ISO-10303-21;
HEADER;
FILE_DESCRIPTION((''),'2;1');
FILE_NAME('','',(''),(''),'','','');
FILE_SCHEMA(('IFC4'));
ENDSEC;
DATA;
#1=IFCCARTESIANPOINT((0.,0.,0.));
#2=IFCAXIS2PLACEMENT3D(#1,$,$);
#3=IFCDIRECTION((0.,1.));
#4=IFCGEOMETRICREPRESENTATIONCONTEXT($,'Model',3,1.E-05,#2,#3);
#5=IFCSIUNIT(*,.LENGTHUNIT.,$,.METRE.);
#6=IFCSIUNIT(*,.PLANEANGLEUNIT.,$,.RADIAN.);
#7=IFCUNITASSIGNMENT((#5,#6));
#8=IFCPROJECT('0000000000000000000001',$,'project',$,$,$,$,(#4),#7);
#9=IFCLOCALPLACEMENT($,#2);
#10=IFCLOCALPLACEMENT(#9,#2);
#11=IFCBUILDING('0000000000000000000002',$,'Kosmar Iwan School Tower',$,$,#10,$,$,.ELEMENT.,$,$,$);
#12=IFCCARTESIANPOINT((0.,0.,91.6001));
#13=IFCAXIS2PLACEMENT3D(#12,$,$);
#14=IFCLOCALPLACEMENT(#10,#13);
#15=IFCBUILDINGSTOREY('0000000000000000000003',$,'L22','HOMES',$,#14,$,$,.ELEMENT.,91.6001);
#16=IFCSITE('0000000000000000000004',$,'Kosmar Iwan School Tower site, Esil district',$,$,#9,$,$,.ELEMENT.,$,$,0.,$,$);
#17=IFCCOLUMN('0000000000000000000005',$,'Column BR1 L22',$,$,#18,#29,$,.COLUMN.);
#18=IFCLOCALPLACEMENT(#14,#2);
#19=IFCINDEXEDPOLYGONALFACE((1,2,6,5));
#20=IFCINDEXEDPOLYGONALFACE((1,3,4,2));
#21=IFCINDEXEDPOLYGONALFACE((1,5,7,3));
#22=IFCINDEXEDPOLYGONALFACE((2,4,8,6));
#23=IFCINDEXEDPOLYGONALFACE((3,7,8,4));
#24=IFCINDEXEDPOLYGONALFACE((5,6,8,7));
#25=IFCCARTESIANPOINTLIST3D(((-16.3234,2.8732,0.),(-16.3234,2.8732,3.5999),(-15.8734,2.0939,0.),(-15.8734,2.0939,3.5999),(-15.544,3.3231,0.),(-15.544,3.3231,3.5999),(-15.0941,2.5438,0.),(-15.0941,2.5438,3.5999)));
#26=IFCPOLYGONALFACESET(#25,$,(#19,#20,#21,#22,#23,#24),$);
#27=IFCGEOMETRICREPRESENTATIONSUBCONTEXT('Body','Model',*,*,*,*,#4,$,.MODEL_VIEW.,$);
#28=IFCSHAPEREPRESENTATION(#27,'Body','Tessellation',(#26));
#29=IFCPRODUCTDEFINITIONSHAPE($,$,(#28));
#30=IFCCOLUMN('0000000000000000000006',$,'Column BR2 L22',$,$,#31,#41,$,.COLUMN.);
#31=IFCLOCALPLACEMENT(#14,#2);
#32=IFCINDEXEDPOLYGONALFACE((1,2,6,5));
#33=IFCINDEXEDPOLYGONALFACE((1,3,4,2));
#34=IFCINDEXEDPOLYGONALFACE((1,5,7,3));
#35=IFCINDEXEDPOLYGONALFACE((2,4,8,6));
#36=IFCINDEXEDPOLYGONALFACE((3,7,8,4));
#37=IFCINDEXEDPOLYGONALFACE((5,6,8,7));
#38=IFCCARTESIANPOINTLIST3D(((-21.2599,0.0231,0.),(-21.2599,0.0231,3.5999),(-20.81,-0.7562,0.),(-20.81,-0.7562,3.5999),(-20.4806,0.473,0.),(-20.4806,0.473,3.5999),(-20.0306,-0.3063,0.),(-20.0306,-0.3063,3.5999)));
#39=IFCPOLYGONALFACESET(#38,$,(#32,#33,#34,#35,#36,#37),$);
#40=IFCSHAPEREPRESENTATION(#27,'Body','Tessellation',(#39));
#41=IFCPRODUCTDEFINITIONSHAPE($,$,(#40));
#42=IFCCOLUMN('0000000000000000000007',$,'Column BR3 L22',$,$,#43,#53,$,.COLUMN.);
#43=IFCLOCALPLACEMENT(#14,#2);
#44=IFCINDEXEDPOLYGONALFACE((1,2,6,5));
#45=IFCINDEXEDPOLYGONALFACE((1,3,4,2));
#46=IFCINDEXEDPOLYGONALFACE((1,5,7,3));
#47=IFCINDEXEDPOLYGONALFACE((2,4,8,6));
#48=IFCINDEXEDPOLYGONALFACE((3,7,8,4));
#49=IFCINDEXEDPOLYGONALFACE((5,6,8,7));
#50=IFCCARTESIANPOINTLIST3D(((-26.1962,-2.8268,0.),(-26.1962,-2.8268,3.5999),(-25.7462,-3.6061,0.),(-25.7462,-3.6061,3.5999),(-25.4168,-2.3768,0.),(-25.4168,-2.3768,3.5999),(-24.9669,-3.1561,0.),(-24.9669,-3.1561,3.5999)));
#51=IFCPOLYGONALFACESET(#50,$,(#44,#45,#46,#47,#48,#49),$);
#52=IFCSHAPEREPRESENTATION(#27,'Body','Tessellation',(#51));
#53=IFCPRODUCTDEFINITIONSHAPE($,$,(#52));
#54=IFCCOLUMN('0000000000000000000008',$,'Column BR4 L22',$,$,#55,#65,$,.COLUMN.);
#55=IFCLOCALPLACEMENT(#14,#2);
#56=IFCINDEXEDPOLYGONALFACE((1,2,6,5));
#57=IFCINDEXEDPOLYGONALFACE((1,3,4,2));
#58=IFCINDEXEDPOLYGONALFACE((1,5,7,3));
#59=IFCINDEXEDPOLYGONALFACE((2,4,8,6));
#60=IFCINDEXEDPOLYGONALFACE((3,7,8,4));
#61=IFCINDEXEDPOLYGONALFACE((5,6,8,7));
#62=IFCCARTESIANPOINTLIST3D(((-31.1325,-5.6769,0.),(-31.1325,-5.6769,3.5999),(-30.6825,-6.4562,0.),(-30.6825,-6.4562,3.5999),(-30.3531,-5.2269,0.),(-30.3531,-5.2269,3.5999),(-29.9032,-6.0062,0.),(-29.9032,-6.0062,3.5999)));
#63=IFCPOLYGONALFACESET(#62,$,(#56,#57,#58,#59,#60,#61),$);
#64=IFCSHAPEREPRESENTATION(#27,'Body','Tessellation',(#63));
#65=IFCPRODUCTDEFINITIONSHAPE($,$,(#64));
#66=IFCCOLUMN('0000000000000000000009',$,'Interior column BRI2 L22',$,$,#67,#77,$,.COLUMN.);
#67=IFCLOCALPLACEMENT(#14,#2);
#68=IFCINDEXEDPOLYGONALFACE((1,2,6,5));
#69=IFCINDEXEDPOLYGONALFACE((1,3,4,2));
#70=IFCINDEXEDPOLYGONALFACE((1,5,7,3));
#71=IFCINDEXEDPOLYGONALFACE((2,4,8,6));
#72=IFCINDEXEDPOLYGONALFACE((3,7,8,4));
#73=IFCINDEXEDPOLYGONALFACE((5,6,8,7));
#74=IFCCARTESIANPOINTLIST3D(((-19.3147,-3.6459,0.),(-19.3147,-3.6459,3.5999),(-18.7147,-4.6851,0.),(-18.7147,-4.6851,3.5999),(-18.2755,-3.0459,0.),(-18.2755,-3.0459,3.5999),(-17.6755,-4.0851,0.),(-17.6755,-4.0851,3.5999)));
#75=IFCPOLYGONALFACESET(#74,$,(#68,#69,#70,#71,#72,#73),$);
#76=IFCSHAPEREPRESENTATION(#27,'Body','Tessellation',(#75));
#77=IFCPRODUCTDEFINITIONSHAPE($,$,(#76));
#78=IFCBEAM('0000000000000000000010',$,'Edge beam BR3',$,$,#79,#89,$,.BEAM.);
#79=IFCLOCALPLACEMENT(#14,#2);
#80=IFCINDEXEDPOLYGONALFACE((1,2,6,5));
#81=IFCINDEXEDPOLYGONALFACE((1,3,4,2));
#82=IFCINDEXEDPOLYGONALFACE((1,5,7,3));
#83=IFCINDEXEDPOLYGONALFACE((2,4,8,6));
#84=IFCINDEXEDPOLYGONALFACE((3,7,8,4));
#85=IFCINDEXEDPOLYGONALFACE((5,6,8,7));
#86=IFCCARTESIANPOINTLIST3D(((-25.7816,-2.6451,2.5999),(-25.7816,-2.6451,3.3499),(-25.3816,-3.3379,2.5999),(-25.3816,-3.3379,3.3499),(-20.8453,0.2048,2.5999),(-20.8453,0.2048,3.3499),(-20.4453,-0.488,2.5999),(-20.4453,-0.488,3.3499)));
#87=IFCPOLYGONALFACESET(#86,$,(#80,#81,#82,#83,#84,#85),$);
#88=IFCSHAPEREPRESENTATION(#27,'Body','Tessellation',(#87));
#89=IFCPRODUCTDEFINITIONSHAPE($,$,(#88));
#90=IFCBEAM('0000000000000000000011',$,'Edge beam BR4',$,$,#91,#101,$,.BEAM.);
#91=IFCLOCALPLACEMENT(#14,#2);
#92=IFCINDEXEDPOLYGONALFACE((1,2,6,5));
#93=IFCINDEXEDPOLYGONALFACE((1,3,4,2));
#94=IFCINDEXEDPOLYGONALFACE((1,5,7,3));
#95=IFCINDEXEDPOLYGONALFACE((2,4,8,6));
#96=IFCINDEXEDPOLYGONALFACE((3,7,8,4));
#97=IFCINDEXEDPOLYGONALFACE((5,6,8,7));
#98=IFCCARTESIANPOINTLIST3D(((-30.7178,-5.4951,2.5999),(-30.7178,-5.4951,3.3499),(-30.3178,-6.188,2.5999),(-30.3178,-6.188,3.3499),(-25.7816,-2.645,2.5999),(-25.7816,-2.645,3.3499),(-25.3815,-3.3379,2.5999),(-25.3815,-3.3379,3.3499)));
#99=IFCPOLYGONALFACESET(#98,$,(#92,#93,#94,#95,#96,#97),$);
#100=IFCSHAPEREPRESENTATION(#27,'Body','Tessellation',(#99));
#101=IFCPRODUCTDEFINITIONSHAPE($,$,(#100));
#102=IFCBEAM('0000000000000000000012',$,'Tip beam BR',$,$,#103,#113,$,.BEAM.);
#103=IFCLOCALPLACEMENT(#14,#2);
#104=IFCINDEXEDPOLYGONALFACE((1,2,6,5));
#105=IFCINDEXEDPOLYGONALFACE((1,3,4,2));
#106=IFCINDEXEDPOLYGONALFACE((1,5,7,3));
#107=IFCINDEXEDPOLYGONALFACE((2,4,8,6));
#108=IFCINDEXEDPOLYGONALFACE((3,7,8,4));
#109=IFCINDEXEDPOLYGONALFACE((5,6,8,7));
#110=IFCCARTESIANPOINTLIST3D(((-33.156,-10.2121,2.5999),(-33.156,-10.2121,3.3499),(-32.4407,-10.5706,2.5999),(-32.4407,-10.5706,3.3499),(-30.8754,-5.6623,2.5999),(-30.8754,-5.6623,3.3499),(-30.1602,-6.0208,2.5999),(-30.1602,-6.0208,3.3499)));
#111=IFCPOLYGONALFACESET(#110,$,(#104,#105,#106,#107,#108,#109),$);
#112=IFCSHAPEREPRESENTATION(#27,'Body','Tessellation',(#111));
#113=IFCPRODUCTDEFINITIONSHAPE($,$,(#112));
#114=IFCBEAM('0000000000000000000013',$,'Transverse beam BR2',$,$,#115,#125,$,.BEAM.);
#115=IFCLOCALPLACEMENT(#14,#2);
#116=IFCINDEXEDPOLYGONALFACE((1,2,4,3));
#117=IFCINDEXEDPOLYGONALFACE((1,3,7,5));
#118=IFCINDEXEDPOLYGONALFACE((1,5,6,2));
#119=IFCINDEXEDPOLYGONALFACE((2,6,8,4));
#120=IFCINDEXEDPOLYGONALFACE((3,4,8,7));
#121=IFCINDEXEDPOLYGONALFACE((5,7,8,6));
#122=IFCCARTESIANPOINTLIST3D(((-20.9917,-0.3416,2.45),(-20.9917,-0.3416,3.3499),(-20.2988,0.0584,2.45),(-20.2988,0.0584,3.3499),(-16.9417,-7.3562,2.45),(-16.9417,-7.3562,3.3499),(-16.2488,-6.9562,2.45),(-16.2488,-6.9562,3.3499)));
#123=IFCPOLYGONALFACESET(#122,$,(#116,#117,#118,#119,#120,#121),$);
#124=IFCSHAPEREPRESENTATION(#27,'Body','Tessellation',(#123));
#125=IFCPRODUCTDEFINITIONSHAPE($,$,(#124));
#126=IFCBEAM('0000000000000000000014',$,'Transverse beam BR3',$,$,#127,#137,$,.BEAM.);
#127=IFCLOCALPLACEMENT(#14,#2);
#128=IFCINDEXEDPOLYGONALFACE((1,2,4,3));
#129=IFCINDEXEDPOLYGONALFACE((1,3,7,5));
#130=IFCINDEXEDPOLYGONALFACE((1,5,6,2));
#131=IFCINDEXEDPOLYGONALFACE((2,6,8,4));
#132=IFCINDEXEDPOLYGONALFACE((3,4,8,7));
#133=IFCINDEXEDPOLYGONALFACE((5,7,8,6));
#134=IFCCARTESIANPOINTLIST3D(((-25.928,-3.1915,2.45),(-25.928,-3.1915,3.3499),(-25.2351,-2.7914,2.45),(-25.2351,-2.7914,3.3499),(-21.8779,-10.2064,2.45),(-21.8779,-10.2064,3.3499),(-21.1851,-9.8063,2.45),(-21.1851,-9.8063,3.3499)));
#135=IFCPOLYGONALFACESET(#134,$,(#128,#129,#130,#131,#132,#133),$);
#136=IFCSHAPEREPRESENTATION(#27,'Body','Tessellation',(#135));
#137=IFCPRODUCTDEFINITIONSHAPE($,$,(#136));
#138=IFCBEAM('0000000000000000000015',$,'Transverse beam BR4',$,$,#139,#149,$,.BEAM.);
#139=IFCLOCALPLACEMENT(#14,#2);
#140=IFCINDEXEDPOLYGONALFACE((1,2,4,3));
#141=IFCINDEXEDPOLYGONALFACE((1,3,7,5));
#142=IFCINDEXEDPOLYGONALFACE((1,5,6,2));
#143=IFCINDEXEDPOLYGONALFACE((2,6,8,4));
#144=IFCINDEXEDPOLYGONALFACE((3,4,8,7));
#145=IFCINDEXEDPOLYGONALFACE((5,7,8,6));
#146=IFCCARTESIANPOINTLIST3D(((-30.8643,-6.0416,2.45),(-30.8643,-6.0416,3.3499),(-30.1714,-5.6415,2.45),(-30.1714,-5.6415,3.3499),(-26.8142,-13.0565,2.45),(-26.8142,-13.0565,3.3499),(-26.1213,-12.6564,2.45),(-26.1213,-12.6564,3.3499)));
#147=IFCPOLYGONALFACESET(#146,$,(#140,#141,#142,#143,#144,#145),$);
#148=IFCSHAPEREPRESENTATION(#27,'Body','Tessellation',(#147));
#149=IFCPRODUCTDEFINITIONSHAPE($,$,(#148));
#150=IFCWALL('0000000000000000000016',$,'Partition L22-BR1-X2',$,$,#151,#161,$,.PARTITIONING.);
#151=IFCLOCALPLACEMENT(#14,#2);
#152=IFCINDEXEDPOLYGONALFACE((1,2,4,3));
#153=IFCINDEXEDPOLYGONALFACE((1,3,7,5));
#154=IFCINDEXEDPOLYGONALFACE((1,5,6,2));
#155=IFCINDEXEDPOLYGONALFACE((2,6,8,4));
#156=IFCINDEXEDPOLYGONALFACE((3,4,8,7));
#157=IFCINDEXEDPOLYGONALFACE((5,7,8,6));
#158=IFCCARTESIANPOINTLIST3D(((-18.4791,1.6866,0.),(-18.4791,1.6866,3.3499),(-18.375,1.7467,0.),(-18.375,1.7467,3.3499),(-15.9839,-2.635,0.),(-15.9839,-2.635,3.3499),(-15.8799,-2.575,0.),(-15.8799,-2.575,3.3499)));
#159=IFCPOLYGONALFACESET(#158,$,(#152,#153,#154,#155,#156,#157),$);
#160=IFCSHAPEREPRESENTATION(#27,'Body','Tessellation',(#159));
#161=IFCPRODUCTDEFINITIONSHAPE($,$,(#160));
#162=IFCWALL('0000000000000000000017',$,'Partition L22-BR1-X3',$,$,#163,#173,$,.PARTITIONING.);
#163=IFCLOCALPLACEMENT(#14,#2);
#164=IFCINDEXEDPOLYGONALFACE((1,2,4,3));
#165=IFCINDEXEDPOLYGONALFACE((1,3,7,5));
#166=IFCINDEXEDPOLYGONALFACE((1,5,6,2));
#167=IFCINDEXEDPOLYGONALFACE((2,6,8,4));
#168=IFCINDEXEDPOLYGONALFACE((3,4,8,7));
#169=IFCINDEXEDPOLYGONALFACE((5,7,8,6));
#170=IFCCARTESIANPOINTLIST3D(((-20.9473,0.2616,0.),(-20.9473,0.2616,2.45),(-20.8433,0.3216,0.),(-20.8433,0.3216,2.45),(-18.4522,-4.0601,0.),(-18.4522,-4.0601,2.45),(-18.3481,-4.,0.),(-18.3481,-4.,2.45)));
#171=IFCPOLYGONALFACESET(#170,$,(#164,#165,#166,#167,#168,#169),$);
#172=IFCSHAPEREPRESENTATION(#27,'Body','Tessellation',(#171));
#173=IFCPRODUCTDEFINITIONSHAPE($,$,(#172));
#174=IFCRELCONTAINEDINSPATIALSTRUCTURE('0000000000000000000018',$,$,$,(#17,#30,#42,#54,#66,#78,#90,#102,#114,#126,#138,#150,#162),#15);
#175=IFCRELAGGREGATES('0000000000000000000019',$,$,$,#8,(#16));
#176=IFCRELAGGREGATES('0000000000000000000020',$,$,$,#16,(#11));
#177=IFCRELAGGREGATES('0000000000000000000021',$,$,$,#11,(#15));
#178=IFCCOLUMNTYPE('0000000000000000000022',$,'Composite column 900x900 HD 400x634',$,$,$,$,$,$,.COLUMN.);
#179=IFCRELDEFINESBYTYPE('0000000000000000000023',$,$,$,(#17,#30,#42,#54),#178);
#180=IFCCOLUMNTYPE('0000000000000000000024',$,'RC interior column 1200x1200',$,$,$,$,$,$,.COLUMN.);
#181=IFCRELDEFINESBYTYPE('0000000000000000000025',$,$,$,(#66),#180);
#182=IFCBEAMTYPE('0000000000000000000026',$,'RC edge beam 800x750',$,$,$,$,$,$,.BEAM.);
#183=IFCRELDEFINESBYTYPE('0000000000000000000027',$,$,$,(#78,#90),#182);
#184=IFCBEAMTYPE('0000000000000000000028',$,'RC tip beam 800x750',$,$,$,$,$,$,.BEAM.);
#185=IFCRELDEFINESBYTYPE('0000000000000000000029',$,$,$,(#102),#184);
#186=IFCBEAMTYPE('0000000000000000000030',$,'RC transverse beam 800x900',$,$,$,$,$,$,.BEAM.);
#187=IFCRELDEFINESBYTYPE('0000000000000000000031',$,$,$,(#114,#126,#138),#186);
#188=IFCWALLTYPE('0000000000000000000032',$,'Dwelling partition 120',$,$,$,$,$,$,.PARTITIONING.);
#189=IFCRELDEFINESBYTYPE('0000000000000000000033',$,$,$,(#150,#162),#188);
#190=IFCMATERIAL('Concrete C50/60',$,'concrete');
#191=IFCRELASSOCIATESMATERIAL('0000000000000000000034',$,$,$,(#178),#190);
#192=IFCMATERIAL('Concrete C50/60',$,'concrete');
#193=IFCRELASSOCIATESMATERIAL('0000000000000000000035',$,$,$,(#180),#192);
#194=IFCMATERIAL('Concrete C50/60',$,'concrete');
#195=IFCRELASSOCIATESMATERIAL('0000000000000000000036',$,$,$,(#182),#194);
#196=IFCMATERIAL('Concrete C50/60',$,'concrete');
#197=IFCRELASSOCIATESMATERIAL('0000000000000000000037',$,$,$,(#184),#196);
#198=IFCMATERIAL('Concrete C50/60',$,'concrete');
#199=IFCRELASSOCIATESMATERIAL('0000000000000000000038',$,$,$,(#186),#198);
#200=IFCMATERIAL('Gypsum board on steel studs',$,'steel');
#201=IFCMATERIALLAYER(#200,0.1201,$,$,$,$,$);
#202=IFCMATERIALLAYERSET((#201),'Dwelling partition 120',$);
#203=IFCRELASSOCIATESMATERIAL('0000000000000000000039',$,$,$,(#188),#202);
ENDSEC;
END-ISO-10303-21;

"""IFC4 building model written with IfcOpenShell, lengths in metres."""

from ifc_helpers import new_model, si_unit, direction, frame, frame_2d, origin, origin_2d, place, context, subcontext, project, spatial, rectangle, extrude, material, layer, layer_set, material_profile, profile_set, type_object, element, save


model = new_model("IFC4")

# Units and contexts
model_context = context("Model", 3, precision=1e-05, world=origin(), true_north=direction((0.0, 1.0)))
body_context = subcontext(model_context, "Body", "Model", "MODEL_VIEW")
ifc_project = project(units=[si_unit("LENGTHUNIT", "METRE"), si_unit("PLANEANGLEUNIT", "RADIAN")], contexts=[model_context])

# Site, building, storey
site_placement = place(None, origin())
site = spatial("IfcSite", under=ifc_project, at=site_placement, Name="Kosmar Iwan School Tower site, Esil district", CompositionType="ELEMENT", RefElevation=0.0)
building_placement = place(site_placement, origin())
building = spatial("IfcBuilding", under=site, at=building_placement, Name="Kosmar Iwan School Tower", CompositionType="ELEMENT")
storey_placement = place(building_placement, frame((0.0, 0.0, 91.6001)))
storey = spatial("IfcBuildingStorey", under=building, at=storey_placement, Name="L22", Description="HOMES", CompositionType="ELEMENT", Elevation=91.6001)

# Columns
ifc_material_1 = material(Name="Concrete C50/60", Category="concrete")
ifc_material_profile_1 = material_profile(ifc_material_1, rectangle(XDim=0.8999, YDim=0.8999, at=origin_2d()), Name="RC 900x900 + HD 400x634")
ifc_profile_set_1 = profile_set([ifc_material_profile_1], Name="Concrete C50/60")
column_type_1 = type_object("IfcColumnType", Name="Composite column 900x900 HD 400x634", PredefinedType="COLUMN", material=ifc_profile_set_1)
for number, where, z_axis, x_axis, name in (
    (1, (-15.7087, 2.7085, 0.0), (0.0, 0.0, 1.0), (-0.866025, -0.5, 0.0), "Column BR1 L22"),
    (2, (-20.6453, -0.1416, 0.0), (0.0, 0.0, 1.0), (-0.866025, -0.5, 0.0), "Column BR2 L22"),
    (3, (-25.5815, -2.9915, 0.0), (0.0, 0.0, 1.0), (-0.866025, -0.5, 0.0), "Column BR3 L22"),
    (4, (-30.5178, -5.8416, 0.0), (0.0, 0.0, 1.0), (-0.866025, -0.5, 0.0), "Column BR4 L22"),
):
    element("IfcColumn", number, at=place(storey_placement, frame(where, z_axis=z_axis, x_axis=x_axis)), inside=storey, type_object=column_type_1, Name=name, PredefinedType="COLUMN", context=body_context, shape_type="SweptSolid", body=[
        extrude(rectangle(XDim=0.8999, YDim=0.8999, at=origin_2d()), origin(), (0.0, 0.0, 1.0), 3.5999),
    ])
ifc_material_2 = material(Name="Concrete C50/60", Category="concrete")
ifc_material_profile_2 = material_profile(ifc_material_2, rectangle(XDim=1.2, YDim=1.2, at=origin_2d()), Name="RC 1200x1200")
ifc_profile_set_2 = profile_set([ifc_material_profile_2], Name="Concrete C50/60")
column_type_2 = type_object("IfcColumnType", Name="RC interior column 1200x1200", PredefinedType="COLUMN", material=ifc_profile_set_2)
column_placement = place(storey_placement, frame((-18.4951, -3.8655, 0.0), z_axis=(0.0, 0.0, 1.0), x_axis=(-0.866025, -0.5, 0.0)))
element("IfcColumn", 5, at=column_placement, inside=storey, type_object=column_type_2, Name="Interior column BRI2 L22", PredefinedType="COLUMN", context=body_context, shape_type="SweptSolid", body=[
    extrude(rectangle(XDim=1.2, YDim=1.2, at=origin_2d()), origin(), (0.0, 0.0, 1.0), 3.5999),
])

# Beams
ifc_material_3 = material(Name="Concrete C50/60", Category="concrete")
ifc_material_profile_3 = material_profile(ifc_material_3, rectangle(XDim=0.8, YDim=0.75, at=origin_2d()), Name="RC 800x750")
ifc_profile_set_3 = profile_set([ifc_material_profile_3], Name="Concrete C50/60")
beam_type_1 = type_object("IfcBeamType", Name="RC edge beam 800x750", PredefinedType="BEAM", material=ifc_profile_set_3)
for number, where, z_axis, x_axis, name in (
    (6, (-20.6453, -0.1416, 2.9749), (-0.866034, -0.499986, 0.0), (0.499986, -0.866034, 0.0), "Edge beam BR3"),
    (7, (-25.5815, -2.9915, 2.9749), (-0.866015, -0.500018, 0.0), (0.500018, -0.866015, 0.0), "Edge beam BR4"),
):
    element("IfcBeam", number, at=place(storey_placement, frame(where, z_axis=z_axis, x_axis=x_axis)), inside=storey, type_object=beam_type_1, Name=name, PredefinedType="BEAM", context=body_context, shape_type="SweptSolid", body=[
        extrude(rectangle(XDim=0.8, YDim=0.75, at=origin_2d()), origin(), (0.0, 0.0, 1.0), 5.7),
    ])
ifc_material_4 = material(Name="Concrete C50/60", Category="concrete")
ifc_material_profile_4 = material_profile(ifc_material_4, rectangle(XDim=0.8, YDim=0.75, at=origin_2d()), Name="RC 800x750")
ifc_profile_set_4 = profile_set([ifc_material_profile_4], Name="Concrete C50/60")
beam_type_2 = type_object("IfcBeamType", Name="RC tip beam 800x750", PredefinedType="BEAM", material=ifc_profile_set_4)
beam_1_placement = place(storey_placement, frame((-30.5178, -5.8416, 2.9749), z_axis=(-0.448096, -0.893985, 0.0), x_axis=(0.893985, -0.448096, 0.0)))
element("IfcBeam", 8, at=beam_1_placement, inside=storey, type_object=beam_type_2, Name="Tip beam BR", PredefinedType="BEAM", context=body_context, shape_type="SweptSolid", body=[
    extrude(rectangle(XDim=0.8, YDim=0.75, at=origin_2d()), origin(), (0.0, 0.0, 1.0), 5.0894),
])
ifc_material_5 = material(Name="Concrete C50/60", Category="concrete")
ifc_material_profile_5 = material_profile(ifc_material_5, rectangle(XDim=0.8, YDim=0.8999, at=origin_2d()), Name="RC 800x900")
ifc_profile_set_5 = profile_set([ifc_material_profile_5], Name="Concrete C50/60")
beam_type_3 = type_object("IfcBeamType", Name="RC transverse beam 800x900", PredefinedType="BEAM", material=ifc_profile_set_5)
beam_2_placement = place(storey_placement, frame((-20.6453, -0.1416, 2.8999), z_axis=(0.500013, -0.866018, 0.0), x_axis=(0.866018, 0.500013, 0.0)))
element("IfcBeam", 9, at=beam_2_placement, inside=storey, type_object=beam_type_3, Name="Transverse beam BR2", PredefinedType="BEAM", context=body_context, shape_type="SweptSolid", body=[
    extrude(rectangle(XDim=0.8, YDim=0.8999, at=origin_2d()), origin(), (0.0, 0.0, 1.0), 8.0999),
])
for number, where, z_axis, x_axis, name in (
    (10, (-25.5815, -2.9915, 2.8999), (0.5, -0.866025, 0.0), (0.866025, 0.5, 0.0), "Transverse beam BR3"),
    (11, (-30.5178, -5.8416, 2.8999), (0.5, -0.866025, 0.0), (0.866025, 0.5, 0.0), "Transverse beam BR4"),
):
    element("IfcBeam", number, at=place(storey_placement, frame(where, z_axis=z_axis, x_axis=x_axis)), inside=storey, type_object=beam_type_3, Name=name, PredefinedType="BEAM", context=body_context, shape_type="SweptSolid", body=[
        extrude(rectangle(XDim=0.8, YDim=0.8999, at=origin_2d()), origin(), (0.0, 0.0, 1.0), 8.1001),
    ])

# Walls
ifc_material_6 = material(Name="Gypsum board on steel studs", Category="steel")
ifc_layer = layer(ifc_material_6, 0.1201)
ifc_layer_set = layer_set([ifc_layer], Name="Dwelling partition 120")
wall_type = type_object("IfcWallType", Name="Dwelling partition 120", PredefinedType="PARTITIONING", material=ifc_layer_set)
wall_1_placement = place(storey_placement, frame((-15.9319, -2.605, 0.0), z_axis=(0.0, 0.0, 1.0), x_axis=(-0.500012, 0.866019, 0.0)))
element("IfcWall", 12, at=wall_1_placement, inside=storey, type_object=wall_type, Name="Partition L22-BR1-X2", PredefinedType="PARTITIONING", context=body_context, shape_type="SweptSolid", body=[
    extrude(rectangle(XDim=4.9902, YDim=0.1201, at=frame_2d((2.4951, 0.0))), origin(), (0.0, 0.0, 1.0), 3.3499),
])
wall_2_placement = place(storey_placement, frame((-18.4001, -4.03, 0.0), z_axis=(0.0, 0.0, 1.0), x_axis=(-0.500012, 0.866019, 0.0)))
element("IfcWall", 13, at=wall_2_placement, inside=storey, type_object=wall_type, Name="Partition L22-BR1-X3", PredefinedType="PARTITIONING", context=body_context, shape_type="SweptSolid", body=[
    extrude(rectangle(XDim=4.9902, YDim=0.1201, at=frame_2d((2.4951, 0.0))), origin(), (0.0, 0.0, 1.0), 2.45),
])

save(model, "model.ifc")
